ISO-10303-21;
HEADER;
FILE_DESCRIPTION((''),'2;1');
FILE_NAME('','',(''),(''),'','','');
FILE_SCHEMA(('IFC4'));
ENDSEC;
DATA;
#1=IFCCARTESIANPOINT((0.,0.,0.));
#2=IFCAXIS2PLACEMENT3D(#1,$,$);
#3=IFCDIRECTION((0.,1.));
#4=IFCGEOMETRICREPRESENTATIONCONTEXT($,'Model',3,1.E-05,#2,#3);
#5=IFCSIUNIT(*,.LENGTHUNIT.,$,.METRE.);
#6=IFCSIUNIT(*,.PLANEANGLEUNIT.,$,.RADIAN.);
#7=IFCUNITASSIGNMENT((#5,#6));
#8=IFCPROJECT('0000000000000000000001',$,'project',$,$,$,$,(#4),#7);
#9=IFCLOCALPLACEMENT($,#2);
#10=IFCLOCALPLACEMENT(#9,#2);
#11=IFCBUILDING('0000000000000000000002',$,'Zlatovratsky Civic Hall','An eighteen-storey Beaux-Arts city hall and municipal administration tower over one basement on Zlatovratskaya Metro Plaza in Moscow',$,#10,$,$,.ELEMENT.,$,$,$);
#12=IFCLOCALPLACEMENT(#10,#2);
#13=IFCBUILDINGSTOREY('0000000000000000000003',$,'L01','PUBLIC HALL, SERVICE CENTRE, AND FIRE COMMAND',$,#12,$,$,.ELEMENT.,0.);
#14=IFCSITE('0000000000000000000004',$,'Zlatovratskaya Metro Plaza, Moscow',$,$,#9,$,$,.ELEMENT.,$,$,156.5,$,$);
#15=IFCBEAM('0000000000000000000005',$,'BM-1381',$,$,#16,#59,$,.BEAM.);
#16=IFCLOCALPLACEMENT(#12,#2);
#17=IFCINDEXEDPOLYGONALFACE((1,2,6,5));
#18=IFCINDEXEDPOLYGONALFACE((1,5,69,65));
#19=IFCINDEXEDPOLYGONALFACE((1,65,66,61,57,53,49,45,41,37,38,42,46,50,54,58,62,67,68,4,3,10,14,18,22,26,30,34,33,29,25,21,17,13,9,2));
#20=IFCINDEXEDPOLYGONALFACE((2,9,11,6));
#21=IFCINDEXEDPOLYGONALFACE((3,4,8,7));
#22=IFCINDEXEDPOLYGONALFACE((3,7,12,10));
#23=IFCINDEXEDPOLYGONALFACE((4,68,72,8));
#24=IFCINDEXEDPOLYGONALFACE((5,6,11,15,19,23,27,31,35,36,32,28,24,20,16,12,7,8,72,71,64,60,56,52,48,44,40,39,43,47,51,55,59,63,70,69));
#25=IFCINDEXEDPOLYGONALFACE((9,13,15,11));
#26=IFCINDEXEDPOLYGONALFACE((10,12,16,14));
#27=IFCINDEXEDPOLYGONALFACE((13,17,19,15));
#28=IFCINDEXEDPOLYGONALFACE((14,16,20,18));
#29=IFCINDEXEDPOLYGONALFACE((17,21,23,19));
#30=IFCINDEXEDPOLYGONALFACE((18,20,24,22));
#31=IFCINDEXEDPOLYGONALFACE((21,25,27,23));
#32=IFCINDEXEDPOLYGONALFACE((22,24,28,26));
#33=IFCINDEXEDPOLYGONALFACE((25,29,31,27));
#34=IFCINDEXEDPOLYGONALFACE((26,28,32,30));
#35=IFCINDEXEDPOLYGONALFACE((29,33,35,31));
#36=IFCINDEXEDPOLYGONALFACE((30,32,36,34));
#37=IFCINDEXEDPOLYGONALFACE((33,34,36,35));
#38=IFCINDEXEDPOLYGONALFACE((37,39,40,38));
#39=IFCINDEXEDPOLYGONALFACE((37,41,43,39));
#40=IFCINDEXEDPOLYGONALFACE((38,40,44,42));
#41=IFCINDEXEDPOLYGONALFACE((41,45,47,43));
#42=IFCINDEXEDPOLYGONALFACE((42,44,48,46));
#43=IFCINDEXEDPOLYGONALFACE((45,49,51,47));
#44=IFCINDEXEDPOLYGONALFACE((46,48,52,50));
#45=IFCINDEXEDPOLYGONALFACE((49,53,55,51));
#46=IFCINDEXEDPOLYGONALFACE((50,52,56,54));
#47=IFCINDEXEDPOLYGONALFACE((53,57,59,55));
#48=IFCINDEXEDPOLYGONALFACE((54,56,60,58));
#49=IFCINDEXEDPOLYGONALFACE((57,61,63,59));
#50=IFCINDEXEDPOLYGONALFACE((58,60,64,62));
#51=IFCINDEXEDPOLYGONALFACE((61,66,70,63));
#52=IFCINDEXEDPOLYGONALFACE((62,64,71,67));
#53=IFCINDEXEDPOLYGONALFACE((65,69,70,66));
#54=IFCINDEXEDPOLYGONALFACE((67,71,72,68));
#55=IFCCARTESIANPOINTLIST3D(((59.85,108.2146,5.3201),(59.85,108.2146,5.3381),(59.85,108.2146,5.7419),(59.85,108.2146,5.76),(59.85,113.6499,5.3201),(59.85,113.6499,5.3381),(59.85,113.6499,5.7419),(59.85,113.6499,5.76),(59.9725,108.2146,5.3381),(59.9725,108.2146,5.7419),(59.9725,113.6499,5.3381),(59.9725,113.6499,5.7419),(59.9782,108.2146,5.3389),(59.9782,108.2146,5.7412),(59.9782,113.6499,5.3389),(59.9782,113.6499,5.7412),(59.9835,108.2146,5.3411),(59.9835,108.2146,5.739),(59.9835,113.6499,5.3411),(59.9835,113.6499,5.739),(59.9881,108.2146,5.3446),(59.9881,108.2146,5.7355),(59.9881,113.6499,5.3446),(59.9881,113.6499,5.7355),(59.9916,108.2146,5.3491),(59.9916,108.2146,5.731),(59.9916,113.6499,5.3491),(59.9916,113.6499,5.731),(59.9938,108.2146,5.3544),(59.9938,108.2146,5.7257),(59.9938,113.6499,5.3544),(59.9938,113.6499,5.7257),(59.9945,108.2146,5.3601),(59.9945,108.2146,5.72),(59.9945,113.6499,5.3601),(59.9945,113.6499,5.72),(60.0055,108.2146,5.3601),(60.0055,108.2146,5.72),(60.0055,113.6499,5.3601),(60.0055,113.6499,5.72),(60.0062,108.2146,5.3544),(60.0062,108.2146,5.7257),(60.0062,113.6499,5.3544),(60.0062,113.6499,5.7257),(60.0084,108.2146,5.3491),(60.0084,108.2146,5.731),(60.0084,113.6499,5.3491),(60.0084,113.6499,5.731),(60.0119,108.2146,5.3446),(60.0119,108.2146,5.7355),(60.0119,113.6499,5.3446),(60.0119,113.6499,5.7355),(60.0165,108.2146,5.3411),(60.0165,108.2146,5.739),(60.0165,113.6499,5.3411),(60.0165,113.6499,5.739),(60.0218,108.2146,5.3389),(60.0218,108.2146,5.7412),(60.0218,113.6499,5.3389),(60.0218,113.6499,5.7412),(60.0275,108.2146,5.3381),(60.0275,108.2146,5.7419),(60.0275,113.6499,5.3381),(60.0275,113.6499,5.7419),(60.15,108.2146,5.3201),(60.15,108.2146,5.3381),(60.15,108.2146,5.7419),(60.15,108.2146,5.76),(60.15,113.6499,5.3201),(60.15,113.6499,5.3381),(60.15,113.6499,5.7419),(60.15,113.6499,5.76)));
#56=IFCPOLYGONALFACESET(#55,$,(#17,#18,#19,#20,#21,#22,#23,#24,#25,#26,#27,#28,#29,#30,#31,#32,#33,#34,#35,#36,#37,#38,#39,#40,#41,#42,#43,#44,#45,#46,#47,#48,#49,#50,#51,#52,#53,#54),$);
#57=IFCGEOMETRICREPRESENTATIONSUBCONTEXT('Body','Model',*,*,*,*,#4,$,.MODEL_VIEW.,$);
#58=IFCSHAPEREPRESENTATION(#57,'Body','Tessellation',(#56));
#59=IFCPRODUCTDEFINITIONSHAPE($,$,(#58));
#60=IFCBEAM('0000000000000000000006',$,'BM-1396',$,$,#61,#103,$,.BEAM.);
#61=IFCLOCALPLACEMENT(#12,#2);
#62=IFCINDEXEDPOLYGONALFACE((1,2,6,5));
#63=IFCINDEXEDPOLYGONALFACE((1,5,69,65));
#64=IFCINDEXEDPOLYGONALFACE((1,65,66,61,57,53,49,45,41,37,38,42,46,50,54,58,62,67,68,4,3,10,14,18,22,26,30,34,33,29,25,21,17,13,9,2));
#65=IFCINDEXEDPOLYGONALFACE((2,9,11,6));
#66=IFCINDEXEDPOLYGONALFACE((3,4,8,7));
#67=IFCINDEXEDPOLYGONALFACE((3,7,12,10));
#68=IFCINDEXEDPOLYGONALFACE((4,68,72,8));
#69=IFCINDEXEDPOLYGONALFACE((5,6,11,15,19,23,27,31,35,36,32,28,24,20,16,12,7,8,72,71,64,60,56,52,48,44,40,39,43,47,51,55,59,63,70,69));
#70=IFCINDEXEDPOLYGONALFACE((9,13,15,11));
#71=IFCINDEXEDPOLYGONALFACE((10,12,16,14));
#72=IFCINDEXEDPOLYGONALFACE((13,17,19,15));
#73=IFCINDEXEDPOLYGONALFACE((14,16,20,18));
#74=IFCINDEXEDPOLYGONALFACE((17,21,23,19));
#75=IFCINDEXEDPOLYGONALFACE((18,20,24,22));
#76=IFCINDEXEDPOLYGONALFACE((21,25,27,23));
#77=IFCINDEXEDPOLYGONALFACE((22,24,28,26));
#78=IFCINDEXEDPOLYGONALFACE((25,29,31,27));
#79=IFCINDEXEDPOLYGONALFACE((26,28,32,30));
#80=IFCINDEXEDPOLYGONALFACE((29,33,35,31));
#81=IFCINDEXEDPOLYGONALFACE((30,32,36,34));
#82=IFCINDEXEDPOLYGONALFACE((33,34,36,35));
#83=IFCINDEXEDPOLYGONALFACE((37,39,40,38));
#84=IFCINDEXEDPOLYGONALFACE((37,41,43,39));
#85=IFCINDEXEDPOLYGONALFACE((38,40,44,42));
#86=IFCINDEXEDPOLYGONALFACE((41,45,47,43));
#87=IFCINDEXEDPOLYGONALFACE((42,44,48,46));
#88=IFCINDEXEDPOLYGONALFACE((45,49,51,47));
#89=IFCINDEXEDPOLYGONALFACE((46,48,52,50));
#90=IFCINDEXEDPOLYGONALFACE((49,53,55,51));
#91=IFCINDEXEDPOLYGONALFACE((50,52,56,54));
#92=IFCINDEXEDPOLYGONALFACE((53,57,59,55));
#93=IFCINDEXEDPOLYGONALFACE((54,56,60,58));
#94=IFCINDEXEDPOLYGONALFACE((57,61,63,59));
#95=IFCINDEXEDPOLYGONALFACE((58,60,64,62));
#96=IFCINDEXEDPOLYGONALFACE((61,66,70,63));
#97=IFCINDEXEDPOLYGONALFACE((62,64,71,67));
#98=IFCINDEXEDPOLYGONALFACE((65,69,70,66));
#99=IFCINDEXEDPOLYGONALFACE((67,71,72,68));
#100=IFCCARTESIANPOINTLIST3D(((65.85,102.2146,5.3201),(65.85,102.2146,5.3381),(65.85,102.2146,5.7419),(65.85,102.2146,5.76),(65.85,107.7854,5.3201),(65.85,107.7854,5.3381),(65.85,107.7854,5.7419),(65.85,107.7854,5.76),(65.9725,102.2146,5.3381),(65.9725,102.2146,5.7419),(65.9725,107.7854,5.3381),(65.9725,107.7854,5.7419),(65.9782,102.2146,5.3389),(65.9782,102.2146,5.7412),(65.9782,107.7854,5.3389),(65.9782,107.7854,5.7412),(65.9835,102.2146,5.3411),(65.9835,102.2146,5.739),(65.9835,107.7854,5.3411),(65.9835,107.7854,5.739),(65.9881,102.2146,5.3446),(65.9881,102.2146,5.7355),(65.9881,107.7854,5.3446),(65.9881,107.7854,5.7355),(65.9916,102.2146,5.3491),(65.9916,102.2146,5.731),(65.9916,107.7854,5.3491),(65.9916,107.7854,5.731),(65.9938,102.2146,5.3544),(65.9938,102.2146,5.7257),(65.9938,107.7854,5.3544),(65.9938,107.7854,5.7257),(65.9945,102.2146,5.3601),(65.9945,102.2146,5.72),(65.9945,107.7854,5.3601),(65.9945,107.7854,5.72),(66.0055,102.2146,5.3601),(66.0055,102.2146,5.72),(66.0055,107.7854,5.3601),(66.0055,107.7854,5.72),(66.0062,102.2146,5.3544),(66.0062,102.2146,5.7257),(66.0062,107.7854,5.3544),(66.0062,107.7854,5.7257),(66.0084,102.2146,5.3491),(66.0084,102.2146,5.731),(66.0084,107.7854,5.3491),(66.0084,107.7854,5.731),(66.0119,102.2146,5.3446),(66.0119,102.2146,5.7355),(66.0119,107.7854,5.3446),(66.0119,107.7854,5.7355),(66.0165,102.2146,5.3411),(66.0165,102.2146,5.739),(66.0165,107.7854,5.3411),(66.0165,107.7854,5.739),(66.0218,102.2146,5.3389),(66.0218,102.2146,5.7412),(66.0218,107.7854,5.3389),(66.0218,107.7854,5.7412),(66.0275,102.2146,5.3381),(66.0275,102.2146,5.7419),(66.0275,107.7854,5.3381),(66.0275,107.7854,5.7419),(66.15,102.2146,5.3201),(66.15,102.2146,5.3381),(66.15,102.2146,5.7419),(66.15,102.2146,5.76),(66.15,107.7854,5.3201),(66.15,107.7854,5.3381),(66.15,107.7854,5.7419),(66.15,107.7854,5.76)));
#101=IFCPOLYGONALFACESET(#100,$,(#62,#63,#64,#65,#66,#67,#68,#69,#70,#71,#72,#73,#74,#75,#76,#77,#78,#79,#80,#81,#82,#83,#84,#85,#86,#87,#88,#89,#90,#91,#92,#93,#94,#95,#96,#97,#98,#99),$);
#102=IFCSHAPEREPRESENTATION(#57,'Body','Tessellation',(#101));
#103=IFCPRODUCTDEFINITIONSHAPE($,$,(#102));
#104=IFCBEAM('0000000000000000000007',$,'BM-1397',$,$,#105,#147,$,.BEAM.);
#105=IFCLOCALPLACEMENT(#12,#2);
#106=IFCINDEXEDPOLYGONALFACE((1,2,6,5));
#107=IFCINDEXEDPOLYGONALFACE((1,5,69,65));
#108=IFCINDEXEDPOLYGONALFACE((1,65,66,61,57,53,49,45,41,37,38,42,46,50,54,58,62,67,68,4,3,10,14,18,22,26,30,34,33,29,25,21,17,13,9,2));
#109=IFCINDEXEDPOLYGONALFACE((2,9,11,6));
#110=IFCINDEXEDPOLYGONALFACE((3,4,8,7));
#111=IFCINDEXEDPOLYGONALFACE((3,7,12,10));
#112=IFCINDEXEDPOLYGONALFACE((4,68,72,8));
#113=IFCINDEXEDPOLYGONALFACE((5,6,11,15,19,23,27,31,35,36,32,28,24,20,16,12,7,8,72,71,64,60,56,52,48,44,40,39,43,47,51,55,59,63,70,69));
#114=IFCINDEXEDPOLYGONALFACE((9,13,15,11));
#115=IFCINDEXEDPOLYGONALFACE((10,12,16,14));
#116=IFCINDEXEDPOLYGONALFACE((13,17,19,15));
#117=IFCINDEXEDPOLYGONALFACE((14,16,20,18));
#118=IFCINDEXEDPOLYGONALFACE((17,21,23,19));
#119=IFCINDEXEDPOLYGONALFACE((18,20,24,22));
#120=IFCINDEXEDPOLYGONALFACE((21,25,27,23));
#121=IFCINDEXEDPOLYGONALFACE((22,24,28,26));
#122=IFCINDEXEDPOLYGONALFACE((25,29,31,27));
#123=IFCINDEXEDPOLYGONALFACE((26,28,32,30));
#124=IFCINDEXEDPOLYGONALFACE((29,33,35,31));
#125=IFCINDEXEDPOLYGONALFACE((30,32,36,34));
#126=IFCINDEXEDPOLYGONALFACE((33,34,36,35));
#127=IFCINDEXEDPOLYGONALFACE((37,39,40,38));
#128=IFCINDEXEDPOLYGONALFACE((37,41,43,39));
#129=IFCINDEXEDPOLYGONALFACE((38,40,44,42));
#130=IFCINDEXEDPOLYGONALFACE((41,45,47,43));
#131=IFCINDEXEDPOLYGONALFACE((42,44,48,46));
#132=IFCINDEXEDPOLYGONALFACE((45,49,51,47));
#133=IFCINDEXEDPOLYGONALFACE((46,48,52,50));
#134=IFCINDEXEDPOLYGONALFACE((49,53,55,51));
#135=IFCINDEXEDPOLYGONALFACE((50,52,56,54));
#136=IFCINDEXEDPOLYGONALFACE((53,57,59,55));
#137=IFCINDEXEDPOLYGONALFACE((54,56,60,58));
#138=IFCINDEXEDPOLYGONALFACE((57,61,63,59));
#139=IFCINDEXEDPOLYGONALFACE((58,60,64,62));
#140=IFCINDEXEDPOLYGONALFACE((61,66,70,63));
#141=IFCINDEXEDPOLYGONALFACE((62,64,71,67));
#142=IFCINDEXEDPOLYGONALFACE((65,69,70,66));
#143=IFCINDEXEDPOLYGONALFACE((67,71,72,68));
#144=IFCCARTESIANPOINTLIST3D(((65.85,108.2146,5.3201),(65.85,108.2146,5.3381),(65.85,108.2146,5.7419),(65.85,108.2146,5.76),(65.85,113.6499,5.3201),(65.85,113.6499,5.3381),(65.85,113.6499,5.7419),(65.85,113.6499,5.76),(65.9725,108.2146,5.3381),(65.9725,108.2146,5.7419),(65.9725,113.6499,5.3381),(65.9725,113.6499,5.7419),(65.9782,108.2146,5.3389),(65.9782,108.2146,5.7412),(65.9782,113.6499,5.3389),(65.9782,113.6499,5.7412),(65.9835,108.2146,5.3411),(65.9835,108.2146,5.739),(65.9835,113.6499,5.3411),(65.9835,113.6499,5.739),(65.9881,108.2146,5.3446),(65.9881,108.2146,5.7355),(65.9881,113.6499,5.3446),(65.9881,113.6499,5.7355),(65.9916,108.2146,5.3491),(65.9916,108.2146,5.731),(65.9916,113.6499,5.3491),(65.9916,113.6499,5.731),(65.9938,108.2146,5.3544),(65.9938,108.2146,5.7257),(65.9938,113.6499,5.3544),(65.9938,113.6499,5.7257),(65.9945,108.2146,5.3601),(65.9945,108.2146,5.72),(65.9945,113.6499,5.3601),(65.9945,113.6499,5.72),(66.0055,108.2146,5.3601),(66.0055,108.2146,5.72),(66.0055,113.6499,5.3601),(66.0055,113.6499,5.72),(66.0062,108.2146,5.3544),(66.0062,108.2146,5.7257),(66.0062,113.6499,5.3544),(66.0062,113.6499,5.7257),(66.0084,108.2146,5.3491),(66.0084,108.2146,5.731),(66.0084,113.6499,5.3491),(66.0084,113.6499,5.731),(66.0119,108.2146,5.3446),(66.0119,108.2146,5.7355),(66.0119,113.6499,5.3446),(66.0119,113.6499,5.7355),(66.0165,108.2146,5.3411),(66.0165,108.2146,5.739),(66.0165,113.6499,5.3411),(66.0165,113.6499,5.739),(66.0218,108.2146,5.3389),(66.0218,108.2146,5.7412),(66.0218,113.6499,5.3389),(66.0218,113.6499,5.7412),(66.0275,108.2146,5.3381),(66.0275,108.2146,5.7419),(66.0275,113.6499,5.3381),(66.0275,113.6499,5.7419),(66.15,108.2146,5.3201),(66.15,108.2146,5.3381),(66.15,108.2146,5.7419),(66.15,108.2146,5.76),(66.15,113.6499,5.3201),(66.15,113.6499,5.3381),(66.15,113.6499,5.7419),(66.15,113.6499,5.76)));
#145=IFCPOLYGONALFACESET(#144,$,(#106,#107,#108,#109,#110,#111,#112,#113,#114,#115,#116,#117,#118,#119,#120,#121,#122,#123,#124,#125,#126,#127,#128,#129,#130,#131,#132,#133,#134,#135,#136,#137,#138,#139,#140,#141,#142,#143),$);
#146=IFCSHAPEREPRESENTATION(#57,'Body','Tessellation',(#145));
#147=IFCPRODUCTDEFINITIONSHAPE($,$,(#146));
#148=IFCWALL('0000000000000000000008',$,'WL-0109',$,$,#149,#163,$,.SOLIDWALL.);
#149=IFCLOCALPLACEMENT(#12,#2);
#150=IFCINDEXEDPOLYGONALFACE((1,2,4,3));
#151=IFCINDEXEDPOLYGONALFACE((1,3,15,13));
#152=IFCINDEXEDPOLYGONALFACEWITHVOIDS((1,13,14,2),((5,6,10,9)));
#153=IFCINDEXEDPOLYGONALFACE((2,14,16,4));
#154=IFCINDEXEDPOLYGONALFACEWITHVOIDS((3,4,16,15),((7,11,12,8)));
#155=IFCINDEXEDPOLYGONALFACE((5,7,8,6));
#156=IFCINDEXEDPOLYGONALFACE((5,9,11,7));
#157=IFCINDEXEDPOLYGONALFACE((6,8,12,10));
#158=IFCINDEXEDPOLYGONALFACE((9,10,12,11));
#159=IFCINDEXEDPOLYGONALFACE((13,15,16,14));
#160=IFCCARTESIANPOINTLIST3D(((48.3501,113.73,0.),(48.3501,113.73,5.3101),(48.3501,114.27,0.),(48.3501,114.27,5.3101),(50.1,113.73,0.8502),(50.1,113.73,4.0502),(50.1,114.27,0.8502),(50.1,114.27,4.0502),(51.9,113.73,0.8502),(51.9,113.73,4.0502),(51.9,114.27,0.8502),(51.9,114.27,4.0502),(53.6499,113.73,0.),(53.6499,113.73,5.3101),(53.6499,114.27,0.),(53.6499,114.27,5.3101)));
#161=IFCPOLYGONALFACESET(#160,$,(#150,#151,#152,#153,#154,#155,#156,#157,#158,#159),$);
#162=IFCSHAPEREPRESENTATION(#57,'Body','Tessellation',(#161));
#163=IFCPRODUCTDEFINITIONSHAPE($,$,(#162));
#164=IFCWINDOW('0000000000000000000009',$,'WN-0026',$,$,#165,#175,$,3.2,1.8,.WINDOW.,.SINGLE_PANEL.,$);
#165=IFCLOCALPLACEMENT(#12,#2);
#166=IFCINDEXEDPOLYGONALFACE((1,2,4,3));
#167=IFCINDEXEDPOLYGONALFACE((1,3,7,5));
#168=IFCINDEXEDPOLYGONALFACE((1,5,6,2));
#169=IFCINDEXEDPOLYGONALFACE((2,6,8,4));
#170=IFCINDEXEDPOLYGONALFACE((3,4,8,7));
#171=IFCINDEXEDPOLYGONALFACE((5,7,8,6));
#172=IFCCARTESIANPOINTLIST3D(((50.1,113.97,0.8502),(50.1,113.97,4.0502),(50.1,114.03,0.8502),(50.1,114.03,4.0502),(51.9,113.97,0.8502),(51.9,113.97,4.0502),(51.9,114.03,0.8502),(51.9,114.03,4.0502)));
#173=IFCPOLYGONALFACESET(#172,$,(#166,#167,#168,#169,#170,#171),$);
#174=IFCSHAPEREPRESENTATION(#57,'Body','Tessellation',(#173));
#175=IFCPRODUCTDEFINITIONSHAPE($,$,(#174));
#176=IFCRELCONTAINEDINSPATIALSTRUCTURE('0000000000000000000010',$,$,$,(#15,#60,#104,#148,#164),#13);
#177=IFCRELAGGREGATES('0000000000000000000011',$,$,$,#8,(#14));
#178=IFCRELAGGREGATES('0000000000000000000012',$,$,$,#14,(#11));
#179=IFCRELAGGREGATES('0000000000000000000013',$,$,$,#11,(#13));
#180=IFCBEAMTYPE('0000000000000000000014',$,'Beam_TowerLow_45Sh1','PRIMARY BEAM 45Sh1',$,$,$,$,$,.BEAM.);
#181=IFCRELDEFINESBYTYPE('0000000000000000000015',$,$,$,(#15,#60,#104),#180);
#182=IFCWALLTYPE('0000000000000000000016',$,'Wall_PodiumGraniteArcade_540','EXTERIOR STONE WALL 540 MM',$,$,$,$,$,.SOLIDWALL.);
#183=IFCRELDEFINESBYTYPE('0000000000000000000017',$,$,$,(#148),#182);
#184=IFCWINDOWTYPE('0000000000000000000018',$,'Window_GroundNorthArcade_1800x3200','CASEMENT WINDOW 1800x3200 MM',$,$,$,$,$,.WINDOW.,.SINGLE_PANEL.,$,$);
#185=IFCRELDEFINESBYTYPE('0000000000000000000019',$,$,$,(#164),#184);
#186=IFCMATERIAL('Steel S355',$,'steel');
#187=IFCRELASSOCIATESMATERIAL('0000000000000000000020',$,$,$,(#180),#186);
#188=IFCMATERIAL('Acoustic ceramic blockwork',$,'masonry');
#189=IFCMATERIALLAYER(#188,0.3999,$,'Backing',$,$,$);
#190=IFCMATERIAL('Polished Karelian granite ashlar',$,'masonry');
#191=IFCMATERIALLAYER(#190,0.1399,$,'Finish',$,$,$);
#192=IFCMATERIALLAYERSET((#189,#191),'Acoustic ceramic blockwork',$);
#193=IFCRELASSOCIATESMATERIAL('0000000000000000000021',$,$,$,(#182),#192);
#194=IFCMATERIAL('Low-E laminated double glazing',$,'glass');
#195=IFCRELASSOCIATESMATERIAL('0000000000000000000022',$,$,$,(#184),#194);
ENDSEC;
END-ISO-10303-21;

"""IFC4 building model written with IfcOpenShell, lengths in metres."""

from ifc_helpers import new_model, si_unit, direction, frame, frame_2d, origin, origin_2d, place, context, subcontext, project, spatial, rectangle, i_section, extrude, material, layer, layer_set, material_profile, profile_set, type_object, element, fill, save


model = new_model("IFC4")

# Units and contexts
model_context = context("Model", 3, precision=1e-05, world=origin(), true_north=direction((0.0, 1.0)))
body_context = subcontext(model_context, "Body", "Model", "MODEL_VIEW")
ifc_project = project(units=[si_unit("LENGTHUNIT", "METRE"), si_unit("PLANEANGLEUNIT", "RADIAN")], contexts=[model_context])

# Site, building, storey
site_placement = place(None, origin())
site = spatial("IfcSite", under=ifc_project, at=site_placement, Name="Zlatovratskaya Metro Plaza, Moscow", CompositionType="ELEMENT", RefElevation=156.5)
building_placement = place(site_placement, origin())
building = spatial("IfcBuilding", under=site, at=building_placement, Name="Zlatovratsky Civic Hall", Description="An eighteen-storey Beaux-Arts city hall and municipal administration tower over one basement on Zlatovratskaya Metro Plaza in Moscow", CompositionType="ELEMENT")
storey_placement = place(building_placement, origin())
storey = spatial("IfcBuildingStorey", under=building, at=storey_placement, Name="L01", Description="PUBLIC HALL, SERVICE CENTRE, AND FIRE COMMAND", CompositionType="ELEMENT", Elevation=0.0)

# Shared definitions
ifc_material_1 = material(Name="Steel S355", Category="steel")

# Beams
ifc_material_profile_1 = material_profile(ifc_material_1, i_section(OverallWidth=0.3, OverallDepth=0.4399, WebThickness=0.011, FlangeThickness=0.0181, FilletRadius=0.022, at=origin_2d()), Name="45Sh1")
ifc_profile_set_1 = profile_set([ifc_material_profile_1], Name="Steel S355")
beam_type_1 = type_object("IfcBeamType", Name="Beam_TowerLow_45Sh1", Description="PRIMARY BEAM 45Sh1", PredefinedType="BEAM", material=ifc_profile_set_1)
beam_1_placement = place(storey_placement, frame((60.0, 108.2146, 5.54), z_axis=(0.0, 1.0, 0.0), x_axis=(-1.0, 0.0, 0.0)))
element("IfcBeam", 1, at=beam_1_placement, inside=storey, type_object=beam_type_1, Name="BM-1381", PredefinedType="BEAM", context=body_context, shape_type="SweptSolid", body=[
    extrude(i_section(OverallWidth=0.3, OverallDepth=0.4399, WebThickness=0.011, FlangeThickness=0.0181, FilletRadius=0.022, at=origin_2d()), origin(), (0.0, 0.0, 1.0), 5.4353),
])
beam_2_placement = place(storey_placement, frame((66.0, 102.2146, 5.54), z_axis=(0.0, 1.0, 0.0), x_axis=(-1.0, 0.0, 0.0)))
element("IfcBeam", 2, at=beam_2_placement, inside=storey, type_object=beam_type_1, Name="BM-1396", PredefinedType="BEAM", context=body_context, shape_type="SweptSolid", body=[
    extrude(i_section(OverallWidth=0.3, OverallDepth=0.4399, WebThickness=0.011, FlangeThickness=0.0181, FilletRadius=0.022, at=origin_2d()), origin(), (0.0, 0.0, 1.0), 5.5708),
])
beam_3_placement = place(storey_placement, frame((66.0, 108.2146, 5.54), z_axis=(0.0, 1.0, 0.0), x_axis=(-1.0, 0.0, 0.0)))
element("IfcBeam", 3, at=beam_3_placement, inside=storey, type_object=beam_type_1, Name="BM-1397", PredefinedType="BEAM", context=body_context, shape_type="SweptSolid", body=[
    extrude(i_section(OverallWidth=0.3, OverallDepth=0.4399, WebThickness=0.011, FlangeThickness=0.0181, FilletRadius=0.022, at=origin_2d()), origin(), (0.0, 0.0, 1.0), 5.4353),
])

# Wall, opening, window
ifc_material_2 = material(Name="Acoustic ceramic blockwork", Category="masonry")
ifc_layer_1 = layer(ifc_material_2, 0.3999, Name="Backing")
ifc_material_3 = material(Name="Polished Karelian granite ashlar", Category="masonry")
ifc_layer_2 = layer(ifc_material_3, 0.1399, Name="Finish")
ifc_layer_set = layer_set([ifc_layer_1, ifc_layer_2], Name="Acoustic ceramic blockwork")
wall_type = type_object("IfcWallType", Name="Wall_PodiumGraniteArcade_540", Description="EXTERIOR STONE WALL 540 MM", PredefinedType="SOLIDWALL", material=ifc_layer_set)
wall_1_placement = place(storey_placement, frame((48.3501, 114.0, 0.0), z_axis=(0.0, 0.0, 1.0), x_axis=(1.0, 0.0, 0.0)))
wall_1 = element("IfcWall", 4, at=wall_1_placement, inside=storey, type_object=wall_type, Name="WL-0109", PredefinedType="SOLIDWALL", context=body_context, shape_type="SweptSolid", body=[
    extrude(rectangle(XDim=5.2998, YDim=0.54, at=frame_2d((2.6499, 0.0))), origin(), (0.0, 0.0, 1.0), 5.3101),
])
opening_1_placement = place(wall_1_placement, frame((1.75, 0.0, 0.8501)))
opening_1 = element("IfcOpeningElement", 5, at=opening_1_placement, cuts=wall_1, PredefinedType="OPENING", context=body_context, shape_type="SweptSolid", body=[
    extrude(rectangle(XDim=1.8, YDim=3.2, at=frame_2d((0.8999, 1.6001))), frame((0.0, 0.2849, 0.0), z_axis=(0.0, -1.0, 0.0), x_axis=(1.0, 0.0, 0.0)), (0.0, 0.0, 1.0), 0.5698),
])
ifc_material_4 = material(Name="Low-E laminated double glazing", Category="glass")
window_type = type_object("IfcWindowType", Name="Window_GroundNorthArcade_1800x3200", Description="CASEMENT WINDOW 1800x3200 MM", PartitioningType="SINGLE_PANEL", PredefinedType="WINDOW", material=ifc_material_4)
window_1_placement = place(opening_1_placement, origin())
window_1 = element("IfcWindow", 6, at=window_1_placement, inside=storey, type_object=window_type, Name="WN-0026", OverallHeight=3.2, OverallWidth=1.8, PartitioningType="SINGLE_PANEL", PredefinedType="WINDOW", context=body_context, shape_type="SweptSolid", body=[
    extrude(rectangle(XDim=1.8, YDim=3.2, at=frame_2d((0.8999, 1.6001))), frame((0.0, 0.03, 0.0), z_axis=(0.0, -1.0, 0.0), x_axis=(1.0, 0.0, 0.0)), (0.0, 0.0, 1.0), 0.0601),
])
fill(opening_1, window_1)

save(model, "model.ifc")
